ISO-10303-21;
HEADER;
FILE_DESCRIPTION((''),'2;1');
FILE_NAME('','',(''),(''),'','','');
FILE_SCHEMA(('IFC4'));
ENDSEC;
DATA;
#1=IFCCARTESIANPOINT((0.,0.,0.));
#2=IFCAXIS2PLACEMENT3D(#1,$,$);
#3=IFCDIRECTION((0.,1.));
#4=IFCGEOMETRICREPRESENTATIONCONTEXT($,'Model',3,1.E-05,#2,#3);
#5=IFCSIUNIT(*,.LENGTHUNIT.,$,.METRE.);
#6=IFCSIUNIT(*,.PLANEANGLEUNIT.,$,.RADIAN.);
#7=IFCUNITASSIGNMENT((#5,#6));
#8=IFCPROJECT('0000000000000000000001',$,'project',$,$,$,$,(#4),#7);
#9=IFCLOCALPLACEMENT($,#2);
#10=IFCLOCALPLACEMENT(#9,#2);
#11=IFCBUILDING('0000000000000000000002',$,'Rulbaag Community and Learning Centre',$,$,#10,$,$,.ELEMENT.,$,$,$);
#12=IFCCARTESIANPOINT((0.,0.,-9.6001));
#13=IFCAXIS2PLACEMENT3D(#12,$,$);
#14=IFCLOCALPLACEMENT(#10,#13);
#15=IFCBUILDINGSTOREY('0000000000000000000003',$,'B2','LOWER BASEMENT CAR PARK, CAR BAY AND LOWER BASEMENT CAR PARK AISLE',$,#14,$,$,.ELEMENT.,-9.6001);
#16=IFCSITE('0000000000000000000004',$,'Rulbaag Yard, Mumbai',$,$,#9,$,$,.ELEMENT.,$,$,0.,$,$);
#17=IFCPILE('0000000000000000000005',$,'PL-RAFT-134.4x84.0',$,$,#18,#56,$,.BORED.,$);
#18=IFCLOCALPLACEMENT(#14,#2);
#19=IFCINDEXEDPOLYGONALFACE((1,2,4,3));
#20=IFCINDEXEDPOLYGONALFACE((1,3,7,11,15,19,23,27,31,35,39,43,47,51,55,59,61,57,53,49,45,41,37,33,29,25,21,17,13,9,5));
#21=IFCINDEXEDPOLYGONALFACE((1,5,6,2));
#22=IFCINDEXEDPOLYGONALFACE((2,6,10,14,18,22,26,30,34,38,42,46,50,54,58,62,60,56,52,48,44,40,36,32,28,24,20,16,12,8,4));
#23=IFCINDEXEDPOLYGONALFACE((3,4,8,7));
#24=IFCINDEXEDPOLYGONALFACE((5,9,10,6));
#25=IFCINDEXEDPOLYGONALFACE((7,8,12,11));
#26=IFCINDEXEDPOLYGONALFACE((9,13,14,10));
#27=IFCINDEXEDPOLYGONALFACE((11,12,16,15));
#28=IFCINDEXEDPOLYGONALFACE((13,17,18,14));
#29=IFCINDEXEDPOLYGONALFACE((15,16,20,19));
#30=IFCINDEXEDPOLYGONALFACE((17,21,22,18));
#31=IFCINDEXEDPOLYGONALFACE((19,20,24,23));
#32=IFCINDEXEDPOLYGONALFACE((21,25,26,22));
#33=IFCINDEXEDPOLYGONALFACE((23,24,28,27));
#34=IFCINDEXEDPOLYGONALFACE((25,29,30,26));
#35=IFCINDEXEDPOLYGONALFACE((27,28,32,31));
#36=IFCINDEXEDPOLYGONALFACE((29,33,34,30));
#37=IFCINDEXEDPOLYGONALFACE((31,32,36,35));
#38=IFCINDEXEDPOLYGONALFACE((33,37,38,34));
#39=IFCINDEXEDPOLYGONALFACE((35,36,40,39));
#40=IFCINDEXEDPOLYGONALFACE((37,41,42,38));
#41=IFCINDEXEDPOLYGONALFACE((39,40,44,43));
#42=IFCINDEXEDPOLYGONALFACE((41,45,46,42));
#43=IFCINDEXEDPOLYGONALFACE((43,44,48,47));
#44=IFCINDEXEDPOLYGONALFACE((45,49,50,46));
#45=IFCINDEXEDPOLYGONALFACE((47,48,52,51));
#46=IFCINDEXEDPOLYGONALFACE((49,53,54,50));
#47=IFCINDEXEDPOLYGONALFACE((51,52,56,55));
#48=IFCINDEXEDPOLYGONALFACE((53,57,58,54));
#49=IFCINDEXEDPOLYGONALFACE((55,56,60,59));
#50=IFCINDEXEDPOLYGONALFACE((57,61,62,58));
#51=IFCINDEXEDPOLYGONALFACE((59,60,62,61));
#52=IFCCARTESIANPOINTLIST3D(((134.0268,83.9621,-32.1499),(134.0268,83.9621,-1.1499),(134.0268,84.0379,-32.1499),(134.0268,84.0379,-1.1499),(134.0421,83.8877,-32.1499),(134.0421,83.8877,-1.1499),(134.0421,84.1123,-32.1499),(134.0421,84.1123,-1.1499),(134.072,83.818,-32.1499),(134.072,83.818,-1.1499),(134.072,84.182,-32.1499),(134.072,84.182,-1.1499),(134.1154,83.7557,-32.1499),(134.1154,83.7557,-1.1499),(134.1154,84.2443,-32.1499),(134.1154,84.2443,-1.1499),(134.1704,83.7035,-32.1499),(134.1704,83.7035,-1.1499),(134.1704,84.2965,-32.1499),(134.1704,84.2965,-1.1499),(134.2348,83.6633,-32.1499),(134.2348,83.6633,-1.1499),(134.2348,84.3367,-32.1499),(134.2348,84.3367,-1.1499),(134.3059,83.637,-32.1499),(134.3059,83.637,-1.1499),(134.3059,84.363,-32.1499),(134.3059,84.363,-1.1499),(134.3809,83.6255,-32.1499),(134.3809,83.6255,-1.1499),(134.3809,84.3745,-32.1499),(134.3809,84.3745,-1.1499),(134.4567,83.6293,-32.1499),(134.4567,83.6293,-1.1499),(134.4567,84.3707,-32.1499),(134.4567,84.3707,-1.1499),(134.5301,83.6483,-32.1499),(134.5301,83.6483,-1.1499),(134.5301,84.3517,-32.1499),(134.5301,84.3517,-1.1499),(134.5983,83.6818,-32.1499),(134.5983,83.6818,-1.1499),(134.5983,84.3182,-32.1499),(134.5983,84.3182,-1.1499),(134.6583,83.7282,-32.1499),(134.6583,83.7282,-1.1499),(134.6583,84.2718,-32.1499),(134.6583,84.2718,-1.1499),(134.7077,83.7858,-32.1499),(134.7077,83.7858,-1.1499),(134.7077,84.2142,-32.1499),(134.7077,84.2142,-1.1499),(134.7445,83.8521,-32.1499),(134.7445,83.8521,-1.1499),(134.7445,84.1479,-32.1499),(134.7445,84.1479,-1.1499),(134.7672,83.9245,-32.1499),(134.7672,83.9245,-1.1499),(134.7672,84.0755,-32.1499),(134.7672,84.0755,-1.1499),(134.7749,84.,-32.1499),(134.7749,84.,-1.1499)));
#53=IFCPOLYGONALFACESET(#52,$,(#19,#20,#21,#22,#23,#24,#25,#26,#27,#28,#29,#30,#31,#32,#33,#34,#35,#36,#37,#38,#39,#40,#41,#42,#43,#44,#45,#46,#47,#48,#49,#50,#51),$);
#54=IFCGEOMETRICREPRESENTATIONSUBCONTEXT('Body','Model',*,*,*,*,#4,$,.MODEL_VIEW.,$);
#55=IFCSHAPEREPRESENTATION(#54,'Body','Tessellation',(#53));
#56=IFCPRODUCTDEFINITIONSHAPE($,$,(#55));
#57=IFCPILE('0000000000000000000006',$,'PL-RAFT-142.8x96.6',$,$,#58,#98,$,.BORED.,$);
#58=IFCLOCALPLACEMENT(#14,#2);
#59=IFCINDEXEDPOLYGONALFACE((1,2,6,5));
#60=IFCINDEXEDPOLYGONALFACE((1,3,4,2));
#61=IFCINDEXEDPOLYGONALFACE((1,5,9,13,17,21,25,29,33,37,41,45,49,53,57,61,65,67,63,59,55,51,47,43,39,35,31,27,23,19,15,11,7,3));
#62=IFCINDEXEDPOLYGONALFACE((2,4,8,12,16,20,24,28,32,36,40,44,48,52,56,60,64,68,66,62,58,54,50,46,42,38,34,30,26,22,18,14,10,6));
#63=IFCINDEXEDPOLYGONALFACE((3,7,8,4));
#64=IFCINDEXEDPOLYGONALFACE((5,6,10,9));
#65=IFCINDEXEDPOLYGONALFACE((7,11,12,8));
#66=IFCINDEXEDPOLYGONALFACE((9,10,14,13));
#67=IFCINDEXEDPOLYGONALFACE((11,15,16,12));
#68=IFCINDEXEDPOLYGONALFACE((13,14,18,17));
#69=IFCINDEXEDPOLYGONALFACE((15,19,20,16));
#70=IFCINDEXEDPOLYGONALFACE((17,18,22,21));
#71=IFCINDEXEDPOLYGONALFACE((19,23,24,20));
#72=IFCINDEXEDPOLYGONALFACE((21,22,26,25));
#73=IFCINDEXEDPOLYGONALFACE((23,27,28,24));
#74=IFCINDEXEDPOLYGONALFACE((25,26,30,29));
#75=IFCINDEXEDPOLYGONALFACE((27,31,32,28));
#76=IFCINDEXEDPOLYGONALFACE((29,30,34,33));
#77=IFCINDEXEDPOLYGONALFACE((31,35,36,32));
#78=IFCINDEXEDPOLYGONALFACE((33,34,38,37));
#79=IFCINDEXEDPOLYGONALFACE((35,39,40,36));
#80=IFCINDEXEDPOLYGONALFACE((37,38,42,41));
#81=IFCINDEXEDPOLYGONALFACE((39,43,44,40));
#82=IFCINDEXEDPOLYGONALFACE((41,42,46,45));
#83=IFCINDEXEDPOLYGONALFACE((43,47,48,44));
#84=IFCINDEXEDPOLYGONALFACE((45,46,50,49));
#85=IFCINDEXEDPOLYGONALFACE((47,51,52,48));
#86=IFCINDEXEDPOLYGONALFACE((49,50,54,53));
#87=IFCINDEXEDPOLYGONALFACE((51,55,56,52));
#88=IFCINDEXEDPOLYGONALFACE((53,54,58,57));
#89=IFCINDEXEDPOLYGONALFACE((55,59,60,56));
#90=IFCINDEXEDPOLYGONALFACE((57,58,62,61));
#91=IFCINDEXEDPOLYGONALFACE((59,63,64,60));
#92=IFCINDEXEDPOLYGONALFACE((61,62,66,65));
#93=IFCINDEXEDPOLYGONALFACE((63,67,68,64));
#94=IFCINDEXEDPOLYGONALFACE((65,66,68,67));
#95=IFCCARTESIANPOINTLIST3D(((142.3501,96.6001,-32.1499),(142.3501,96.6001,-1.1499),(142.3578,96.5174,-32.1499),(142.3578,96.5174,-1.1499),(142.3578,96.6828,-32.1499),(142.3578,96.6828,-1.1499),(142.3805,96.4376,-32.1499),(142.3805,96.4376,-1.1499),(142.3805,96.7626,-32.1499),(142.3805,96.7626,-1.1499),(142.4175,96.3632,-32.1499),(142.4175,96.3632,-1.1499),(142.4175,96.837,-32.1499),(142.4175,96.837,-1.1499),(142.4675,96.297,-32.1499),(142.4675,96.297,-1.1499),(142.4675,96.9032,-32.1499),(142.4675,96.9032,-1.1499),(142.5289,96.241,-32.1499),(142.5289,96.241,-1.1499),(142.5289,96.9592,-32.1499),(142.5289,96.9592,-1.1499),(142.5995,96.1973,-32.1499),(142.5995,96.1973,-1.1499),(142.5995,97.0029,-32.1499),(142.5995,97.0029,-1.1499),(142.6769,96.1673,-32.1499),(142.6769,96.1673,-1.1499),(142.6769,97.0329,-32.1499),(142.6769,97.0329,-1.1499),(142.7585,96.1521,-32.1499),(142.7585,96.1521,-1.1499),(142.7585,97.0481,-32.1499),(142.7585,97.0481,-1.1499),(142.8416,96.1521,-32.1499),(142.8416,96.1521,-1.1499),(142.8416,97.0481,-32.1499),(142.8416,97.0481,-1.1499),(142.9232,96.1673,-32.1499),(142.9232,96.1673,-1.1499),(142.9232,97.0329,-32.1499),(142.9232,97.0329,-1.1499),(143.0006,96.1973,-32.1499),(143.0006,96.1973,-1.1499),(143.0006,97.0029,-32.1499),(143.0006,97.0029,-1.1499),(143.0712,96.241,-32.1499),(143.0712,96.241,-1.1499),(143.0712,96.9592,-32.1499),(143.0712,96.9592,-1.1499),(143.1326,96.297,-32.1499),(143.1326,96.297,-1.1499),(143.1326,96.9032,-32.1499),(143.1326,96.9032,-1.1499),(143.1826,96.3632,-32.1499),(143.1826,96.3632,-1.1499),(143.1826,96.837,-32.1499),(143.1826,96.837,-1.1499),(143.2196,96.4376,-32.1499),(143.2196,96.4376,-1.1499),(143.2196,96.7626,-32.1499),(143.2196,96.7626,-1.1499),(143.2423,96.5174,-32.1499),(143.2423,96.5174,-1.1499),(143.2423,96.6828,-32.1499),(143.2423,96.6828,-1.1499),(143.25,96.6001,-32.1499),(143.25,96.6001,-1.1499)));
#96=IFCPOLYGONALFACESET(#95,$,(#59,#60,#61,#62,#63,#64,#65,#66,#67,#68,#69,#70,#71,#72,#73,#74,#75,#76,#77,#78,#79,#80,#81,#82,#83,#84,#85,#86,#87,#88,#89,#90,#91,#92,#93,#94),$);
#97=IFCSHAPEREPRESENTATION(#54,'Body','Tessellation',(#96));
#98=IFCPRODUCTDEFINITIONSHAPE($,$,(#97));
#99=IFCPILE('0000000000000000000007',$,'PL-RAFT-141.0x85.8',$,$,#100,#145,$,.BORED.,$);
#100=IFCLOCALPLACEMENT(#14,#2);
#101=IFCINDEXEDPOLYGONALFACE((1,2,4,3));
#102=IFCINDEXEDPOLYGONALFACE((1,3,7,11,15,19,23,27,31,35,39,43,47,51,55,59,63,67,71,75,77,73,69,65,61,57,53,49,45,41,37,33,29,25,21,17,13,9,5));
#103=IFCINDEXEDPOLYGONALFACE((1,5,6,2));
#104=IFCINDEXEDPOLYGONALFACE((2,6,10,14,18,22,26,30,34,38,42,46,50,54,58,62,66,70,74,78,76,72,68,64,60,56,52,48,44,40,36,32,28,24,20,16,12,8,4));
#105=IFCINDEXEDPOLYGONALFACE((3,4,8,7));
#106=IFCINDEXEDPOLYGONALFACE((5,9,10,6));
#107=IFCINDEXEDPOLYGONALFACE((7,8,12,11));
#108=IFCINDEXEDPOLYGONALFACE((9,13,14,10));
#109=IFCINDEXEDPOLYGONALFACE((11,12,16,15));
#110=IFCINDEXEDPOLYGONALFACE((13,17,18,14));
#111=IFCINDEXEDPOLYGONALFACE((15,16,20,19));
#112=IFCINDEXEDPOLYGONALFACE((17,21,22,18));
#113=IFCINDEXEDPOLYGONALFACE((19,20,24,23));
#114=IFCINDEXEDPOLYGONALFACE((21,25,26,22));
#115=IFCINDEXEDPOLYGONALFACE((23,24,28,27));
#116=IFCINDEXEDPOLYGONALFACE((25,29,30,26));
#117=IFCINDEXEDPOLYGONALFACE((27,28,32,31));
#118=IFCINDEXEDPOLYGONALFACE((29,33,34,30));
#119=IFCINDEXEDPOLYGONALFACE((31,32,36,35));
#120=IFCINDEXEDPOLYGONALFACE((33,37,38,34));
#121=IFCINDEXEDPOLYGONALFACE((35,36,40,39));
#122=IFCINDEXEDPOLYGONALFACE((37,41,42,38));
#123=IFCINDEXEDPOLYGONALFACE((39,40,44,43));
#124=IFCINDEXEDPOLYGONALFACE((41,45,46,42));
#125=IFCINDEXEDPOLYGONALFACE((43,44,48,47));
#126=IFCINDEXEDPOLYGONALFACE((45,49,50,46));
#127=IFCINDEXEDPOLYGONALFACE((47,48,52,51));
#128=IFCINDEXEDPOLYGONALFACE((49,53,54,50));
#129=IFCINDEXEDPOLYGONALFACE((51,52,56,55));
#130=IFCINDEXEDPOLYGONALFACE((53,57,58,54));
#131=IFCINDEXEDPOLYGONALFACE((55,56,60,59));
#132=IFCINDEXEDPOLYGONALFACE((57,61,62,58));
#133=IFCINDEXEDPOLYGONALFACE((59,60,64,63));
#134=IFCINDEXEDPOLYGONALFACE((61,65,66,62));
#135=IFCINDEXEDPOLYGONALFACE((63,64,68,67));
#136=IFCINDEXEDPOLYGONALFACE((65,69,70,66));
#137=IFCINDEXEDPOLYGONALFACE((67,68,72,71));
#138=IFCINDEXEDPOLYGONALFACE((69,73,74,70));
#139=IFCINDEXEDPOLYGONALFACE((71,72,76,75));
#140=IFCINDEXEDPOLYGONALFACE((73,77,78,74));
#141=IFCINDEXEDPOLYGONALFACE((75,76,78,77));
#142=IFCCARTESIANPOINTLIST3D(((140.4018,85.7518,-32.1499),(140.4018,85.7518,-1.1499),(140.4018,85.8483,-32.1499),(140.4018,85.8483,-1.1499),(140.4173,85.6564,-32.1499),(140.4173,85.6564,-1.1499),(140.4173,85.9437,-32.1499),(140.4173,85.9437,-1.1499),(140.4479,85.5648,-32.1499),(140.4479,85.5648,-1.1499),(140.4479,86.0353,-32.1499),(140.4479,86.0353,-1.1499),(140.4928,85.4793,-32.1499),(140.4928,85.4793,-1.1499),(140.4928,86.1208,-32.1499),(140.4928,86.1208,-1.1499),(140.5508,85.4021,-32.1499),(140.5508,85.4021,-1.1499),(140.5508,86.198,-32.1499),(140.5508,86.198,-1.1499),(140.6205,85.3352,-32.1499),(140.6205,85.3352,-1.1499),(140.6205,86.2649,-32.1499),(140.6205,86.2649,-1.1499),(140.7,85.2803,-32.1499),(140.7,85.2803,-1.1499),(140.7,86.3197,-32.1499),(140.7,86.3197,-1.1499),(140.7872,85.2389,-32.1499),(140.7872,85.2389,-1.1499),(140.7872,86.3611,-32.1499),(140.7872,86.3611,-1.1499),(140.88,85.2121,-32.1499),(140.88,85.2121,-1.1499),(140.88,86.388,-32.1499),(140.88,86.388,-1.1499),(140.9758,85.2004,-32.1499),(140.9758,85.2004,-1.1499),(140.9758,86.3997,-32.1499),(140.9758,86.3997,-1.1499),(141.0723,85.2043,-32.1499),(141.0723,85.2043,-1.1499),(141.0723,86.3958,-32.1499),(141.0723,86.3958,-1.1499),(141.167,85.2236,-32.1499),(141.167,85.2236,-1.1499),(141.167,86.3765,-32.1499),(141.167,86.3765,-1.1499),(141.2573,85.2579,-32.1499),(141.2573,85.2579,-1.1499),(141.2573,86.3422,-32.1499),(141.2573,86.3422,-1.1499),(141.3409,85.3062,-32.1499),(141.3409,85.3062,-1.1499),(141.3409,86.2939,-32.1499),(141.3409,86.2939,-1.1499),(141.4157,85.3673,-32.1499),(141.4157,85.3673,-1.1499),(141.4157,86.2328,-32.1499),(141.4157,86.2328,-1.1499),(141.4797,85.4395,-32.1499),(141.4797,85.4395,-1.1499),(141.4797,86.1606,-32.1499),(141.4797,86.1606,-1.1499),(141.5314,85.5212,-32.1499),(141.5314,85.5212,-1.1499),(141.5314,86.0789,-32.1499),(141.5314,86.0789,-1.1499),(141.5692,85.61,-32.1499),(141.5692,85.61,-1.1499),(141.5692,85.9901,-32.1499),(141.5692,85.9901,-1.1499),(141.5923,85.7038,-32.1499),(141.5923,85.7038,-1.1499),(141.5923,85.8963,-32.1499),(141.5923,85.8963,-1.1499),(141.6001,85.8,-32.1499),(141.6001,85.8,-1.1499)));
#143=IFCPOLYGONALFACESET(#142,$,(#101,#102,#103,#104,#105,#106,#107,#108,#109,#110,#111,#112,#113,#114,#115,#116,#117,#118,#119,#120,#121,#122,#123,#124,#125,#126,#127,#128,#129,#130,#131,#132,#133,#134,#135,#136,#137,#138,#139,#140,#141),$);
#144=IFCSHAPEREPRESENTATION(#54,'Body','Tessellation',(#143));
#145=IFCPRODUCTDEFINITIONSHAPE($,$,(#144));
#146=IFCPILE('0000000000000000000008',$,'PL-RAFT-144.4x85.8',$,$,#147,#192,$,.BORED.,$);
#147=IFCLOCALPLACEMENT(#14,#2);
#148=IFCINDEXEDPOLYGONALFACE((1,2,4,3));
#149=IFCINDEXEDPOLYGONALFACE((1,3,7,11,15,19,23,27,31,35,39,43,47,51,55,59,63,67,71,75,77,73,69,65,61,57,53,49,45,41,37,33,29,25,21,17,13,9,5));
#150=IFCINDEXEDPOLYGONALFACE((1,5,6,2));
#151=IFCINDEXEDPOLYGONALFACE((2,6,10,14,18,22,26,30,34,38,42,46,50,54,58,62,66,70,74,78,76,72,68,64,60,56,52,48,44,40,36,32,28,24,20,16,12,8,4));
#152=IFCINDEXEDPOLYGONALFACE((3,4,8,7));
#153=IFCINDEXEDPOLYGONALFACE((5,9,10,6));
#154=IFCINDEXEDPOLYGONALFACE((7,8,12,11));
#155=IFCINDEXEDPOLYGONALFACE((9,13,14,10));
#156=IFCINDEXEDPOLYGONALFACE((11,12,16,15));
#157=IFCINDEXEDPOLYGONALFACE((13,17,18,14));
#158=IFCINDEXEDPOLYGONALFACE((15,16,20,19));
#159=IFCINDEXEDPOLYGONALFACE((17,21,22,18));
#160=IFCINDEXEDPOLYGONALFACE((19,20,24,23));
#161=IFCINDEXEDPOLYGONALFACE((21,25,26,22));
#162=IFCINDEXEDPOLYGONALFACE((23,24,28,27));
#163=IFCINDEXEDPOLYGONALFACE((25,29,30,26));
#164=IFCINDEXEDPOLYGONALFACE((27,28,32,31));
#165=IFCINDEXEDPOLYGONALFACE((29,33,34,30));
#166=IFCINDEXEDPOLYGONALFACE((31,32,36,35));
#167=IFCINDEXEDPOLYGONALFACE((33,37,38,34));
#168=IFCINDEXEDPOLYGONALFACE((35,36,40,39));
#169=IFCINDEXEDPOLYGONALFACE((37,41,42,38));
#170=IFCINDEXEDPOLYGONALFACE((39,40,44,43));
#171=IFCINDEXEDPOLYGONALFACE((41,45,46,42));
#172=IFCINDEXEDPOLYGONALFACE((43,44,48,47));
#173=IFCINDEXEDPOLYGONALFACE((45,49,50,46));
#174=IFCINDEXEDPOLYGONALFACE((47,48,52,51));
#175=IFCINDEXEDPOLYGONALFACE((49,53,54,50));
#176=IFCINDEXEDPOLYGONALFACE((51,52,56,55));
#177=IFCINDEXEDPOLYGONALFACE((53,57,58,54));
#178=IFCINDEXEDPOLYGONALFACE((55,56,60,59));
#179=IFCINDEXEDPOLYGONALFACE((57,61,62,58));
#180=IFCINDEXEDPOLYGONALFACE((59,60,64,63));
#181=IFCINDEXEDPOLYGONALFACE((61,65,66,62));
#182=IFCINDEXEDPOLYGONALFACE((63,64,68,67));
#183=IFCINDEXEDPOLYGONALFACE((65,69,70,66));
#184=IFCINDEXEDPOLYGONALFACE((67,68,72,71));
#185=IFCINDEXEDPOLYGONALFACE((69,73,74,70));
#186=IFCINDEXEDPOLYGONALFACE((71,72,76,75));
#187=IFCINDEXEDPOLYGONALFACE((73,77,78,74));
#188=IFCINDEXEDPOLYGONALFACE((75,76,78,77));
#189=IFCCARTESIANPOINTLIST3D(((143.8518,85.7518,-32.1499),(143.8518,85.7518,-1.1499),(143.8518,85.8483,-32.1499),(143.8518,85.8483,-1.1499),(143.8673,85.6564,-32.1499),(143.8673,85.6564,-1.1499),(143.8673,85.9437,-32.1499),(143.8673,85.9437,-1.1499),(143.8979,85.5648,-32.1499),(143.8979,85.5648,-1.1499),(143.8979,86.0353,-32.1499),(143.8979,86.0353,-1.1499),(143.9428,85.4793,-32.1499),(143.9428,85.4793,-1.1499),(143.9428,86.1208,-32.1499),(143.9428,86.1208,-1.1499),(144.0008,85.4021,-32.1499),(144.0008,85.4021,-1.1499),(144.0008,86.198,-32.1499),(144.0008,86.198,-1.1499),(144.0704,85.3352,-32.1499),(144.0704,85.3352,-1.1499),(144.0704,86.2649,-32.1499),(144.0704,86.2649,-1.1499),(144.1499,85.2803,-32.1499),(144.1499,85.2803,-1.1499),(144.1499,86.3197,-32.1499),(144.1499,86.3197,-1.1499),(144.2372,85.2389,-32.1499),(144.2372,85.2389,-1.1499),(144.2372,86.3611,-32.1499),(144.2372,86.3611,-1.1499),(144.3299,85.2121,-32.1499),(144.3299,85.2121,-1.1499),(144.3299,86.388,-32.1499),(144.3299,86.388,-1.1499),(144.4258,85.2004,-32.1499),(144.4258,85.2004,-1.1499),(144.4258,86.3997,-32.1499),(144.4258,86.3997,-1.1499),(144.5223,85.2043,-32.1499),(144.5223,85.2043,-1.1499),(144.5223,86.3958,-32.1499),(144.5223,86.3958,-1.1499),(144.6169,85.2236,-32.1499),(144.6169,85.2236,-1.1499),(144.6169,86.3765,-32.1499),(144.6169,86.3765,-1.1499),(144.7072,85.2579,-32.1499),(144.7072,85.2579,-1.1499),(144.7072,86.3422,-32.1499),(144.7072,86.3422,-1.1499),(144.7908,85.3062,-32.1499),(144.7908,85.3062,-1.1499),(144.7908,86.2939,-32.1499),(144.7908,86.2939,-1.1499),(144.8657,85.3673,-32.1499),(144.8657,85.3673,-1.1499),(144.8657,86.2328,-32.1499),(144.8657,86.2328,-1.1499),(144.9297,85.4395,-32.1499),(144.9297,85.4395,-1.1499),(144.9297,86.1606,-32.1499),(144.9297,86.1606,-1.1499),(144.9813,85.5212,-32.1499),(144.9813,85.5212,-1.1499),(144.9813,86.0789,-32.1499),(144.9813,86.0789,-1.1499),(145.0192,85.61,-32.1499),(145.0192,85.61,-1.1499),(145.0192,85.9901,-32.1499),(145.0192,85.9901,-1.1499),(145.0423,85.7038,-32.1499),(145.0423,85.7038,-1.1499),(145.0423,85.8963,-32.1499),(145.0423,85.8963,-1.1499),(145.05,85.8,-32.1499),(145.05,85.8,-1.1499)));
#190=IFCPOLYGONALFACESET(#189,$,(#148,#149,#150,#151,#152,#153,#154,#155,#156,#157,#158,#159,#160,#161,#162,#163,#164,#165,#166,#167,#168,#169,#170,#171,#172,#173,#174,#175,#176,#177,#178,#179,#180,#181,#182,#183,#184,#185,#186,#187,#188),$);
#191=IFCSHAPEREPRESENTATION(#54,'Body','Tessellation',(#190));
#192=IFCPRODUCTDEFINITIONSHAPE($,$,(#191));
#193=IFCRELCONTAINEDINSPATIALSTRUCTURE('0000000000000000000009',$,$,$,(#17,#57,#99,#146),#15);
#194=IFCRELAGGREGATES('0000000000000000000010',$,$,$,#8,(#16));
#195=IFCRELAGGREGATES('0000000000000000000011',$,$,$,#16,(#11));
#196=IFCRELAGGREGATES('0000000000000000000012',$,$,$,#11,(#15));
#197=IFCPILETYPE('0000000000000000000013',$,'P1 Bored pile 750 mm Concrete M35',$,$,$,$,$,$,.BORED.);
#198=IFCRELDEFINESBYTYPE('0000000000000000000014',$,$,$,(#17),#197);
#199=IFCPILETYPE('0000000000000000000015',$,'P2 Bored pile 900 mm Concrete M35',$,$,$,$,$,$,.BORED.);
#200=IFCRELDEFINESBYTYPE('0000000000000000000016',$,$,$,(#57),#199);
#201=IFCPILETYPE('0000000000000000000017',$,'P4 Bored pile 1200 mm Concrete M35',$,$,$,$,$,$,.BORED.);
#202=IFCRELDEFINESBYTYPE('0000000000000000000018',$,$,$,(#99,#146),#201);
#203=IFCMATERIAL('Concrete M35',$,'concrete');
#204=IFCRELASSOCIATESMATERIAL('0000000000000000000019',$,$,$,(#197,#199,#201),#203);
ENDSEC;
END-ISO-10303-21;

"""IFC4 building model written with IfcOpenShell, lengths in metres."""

from ifc_helpers import new_model, si_unit, direction, frame, origin, origin_2d, place, context, subcontext, project, spatial, circle, extrude, material, material_profile, profile_set, type_object, element, save


model = new_model("IFC4")

# Units and contexts
model_context = context("Model", 3, precision=1e-05, world=origin(), true_north=direction((0.0, 1.0)))
body_context = subcontext(model_context, "Body", "Model", "MODEL_VIEW")
ifc_project = project(units=[si_unit("LENGTHUNIT", "METRE"), si_unit("PLANEANGLEUNIT", "RADIAN")], contexts=[model_context])

# Site, building, storey
site_placement = place(None, origin())
site = spatial("IfcSite", under=ifc_project, at=site_placement, Name="Rulbaag Yard, Mumbai", CompositionType="ELEMENT", RefElevation=0.0)
building_placement = place(site_placement, origin())
building = spatial("IfcBuilding", under=site, at=building_placement, Name="Rulbaag Community and Learning Centre", CompositionType="ELEMENT")
storey_placement = place(building_placement, frame((0.0, 0.0, -9.6001)))
storey = spatial("IfcBuildingStorey", under=building, at=storey_placement, Name="B2", Description="LOWER BASEMENT CAR PARK, CAR BAY AND LOWER BASEMENT CAR PARK AISLE", CompositionType="ELEMENT", Elevation=-9.6001)

# Piles
ifc_material_1 = material(Name="Concrete M35", Category="concrete")
ifc_material_profile_1 = material_profile(ifc_material_1, circle(Radius=0.375, at=origin_2d()), Name="BP750")
ifc_profile_set_1 = profile_set([ifc_material_profile_1], Name="Concrete M35")
pile_type_1 = type_object("IfcPileType", Name="P1 Bored pile 750 mm Concrete M35", PredefinedType="BORED", material=ifc_profile_set_1)
pile_1_placement = place(storey_placement, frame((134.3999, 84.0, -1.1499), z_axis=(0.0, 0.0, -1.0), x_axis=(1.0, 0.0, 0.0)))
element("IfcPile", 1, at=pile_1_placement, inside=storey, type_object=pile_type_1, Name="PL-RAFT-134.4x84.0", PredefinedType="BORED", context=body_context, shape_type="SweptSolid", body=[
    extrude(circle(Radius=0.375, at=origin_2d()), origin(), (0.0, 0.0, 1.0), 31.0),
])
ifc_material_profile_2 = material_profile(ifc_material_1, circle(Radius=0.45, at=origin_2d()), Name="BP900")
ifc_profile_set_2 = profile_set([ifc_material_profile_2], Name="Concrete M35")
pile_type_2 = type_object("IfcPileType", Name="P2 Bored pile 900 mm Concrete M35", PredefinedType="BORED", material=ifc_profile_set_2)
pile_2_placement = place(storey_placement, frame((142.8, 96.6001, -1.1499), z_axis=(0.0, 0.0, -1.0), x_axis=(1.0, 0.0, 0.0)))
element("IfcPile", 2, at=pile_2_placement, inside=storey, type_object=pile_type_2, Name="PL-RAFT-142.8x96.6", PredefinedType="BORED", context=body_context, shape_type="SweptSolid", body=[
    extrude(circle(Radius=0.45, at=origin_2d()), origin(), (0.0, 0.0, 1.0), 31.0),
])
ifc_material_profile_3 = material_profile(ifc_material_1, circle(Radius=0.6001, at=origin_2d()), Name="BP1200")
ifc_profile_set_3 = profile_set([ifc_material_profile_3], Name="Concrete M35")
pile_type_3 = type_object("IfcPileType", Name="P4 Bored pile 1200 mm Concrete M35", PredefinedType="BORED", material=ifc_profile_set_3)
for number, where, z_axis, x_axis, name in (
    (3, (141.0, 85.8, -1.1499), (0.0, 0.0, -1.0), (1.0, 0.0, 0.0), "PL-RAFT-141.0x85.8"),
    (4, (144.45, 85.8, -1.1499), (0.0, 0.0, -1.0), (1.0, 0.0, 0.0), "PL-RAFT-144.4x85.8"),
):
    element("IfcPile", number, at=place(storey_placement, frame(where, z_axis=z_axis, x_axis=x_axis)), inside=storey, type_object=pile_type_3, Name=name, PredefinedType="BORED", context=body_context, shape_type="SweptSolid", body=[
        extrude(circle(Radius=0.6001, at=origin_2d()), origin(), (0.0, 0.0, 1.0), 31.0),
    ])

save(model, "model.ifc")
